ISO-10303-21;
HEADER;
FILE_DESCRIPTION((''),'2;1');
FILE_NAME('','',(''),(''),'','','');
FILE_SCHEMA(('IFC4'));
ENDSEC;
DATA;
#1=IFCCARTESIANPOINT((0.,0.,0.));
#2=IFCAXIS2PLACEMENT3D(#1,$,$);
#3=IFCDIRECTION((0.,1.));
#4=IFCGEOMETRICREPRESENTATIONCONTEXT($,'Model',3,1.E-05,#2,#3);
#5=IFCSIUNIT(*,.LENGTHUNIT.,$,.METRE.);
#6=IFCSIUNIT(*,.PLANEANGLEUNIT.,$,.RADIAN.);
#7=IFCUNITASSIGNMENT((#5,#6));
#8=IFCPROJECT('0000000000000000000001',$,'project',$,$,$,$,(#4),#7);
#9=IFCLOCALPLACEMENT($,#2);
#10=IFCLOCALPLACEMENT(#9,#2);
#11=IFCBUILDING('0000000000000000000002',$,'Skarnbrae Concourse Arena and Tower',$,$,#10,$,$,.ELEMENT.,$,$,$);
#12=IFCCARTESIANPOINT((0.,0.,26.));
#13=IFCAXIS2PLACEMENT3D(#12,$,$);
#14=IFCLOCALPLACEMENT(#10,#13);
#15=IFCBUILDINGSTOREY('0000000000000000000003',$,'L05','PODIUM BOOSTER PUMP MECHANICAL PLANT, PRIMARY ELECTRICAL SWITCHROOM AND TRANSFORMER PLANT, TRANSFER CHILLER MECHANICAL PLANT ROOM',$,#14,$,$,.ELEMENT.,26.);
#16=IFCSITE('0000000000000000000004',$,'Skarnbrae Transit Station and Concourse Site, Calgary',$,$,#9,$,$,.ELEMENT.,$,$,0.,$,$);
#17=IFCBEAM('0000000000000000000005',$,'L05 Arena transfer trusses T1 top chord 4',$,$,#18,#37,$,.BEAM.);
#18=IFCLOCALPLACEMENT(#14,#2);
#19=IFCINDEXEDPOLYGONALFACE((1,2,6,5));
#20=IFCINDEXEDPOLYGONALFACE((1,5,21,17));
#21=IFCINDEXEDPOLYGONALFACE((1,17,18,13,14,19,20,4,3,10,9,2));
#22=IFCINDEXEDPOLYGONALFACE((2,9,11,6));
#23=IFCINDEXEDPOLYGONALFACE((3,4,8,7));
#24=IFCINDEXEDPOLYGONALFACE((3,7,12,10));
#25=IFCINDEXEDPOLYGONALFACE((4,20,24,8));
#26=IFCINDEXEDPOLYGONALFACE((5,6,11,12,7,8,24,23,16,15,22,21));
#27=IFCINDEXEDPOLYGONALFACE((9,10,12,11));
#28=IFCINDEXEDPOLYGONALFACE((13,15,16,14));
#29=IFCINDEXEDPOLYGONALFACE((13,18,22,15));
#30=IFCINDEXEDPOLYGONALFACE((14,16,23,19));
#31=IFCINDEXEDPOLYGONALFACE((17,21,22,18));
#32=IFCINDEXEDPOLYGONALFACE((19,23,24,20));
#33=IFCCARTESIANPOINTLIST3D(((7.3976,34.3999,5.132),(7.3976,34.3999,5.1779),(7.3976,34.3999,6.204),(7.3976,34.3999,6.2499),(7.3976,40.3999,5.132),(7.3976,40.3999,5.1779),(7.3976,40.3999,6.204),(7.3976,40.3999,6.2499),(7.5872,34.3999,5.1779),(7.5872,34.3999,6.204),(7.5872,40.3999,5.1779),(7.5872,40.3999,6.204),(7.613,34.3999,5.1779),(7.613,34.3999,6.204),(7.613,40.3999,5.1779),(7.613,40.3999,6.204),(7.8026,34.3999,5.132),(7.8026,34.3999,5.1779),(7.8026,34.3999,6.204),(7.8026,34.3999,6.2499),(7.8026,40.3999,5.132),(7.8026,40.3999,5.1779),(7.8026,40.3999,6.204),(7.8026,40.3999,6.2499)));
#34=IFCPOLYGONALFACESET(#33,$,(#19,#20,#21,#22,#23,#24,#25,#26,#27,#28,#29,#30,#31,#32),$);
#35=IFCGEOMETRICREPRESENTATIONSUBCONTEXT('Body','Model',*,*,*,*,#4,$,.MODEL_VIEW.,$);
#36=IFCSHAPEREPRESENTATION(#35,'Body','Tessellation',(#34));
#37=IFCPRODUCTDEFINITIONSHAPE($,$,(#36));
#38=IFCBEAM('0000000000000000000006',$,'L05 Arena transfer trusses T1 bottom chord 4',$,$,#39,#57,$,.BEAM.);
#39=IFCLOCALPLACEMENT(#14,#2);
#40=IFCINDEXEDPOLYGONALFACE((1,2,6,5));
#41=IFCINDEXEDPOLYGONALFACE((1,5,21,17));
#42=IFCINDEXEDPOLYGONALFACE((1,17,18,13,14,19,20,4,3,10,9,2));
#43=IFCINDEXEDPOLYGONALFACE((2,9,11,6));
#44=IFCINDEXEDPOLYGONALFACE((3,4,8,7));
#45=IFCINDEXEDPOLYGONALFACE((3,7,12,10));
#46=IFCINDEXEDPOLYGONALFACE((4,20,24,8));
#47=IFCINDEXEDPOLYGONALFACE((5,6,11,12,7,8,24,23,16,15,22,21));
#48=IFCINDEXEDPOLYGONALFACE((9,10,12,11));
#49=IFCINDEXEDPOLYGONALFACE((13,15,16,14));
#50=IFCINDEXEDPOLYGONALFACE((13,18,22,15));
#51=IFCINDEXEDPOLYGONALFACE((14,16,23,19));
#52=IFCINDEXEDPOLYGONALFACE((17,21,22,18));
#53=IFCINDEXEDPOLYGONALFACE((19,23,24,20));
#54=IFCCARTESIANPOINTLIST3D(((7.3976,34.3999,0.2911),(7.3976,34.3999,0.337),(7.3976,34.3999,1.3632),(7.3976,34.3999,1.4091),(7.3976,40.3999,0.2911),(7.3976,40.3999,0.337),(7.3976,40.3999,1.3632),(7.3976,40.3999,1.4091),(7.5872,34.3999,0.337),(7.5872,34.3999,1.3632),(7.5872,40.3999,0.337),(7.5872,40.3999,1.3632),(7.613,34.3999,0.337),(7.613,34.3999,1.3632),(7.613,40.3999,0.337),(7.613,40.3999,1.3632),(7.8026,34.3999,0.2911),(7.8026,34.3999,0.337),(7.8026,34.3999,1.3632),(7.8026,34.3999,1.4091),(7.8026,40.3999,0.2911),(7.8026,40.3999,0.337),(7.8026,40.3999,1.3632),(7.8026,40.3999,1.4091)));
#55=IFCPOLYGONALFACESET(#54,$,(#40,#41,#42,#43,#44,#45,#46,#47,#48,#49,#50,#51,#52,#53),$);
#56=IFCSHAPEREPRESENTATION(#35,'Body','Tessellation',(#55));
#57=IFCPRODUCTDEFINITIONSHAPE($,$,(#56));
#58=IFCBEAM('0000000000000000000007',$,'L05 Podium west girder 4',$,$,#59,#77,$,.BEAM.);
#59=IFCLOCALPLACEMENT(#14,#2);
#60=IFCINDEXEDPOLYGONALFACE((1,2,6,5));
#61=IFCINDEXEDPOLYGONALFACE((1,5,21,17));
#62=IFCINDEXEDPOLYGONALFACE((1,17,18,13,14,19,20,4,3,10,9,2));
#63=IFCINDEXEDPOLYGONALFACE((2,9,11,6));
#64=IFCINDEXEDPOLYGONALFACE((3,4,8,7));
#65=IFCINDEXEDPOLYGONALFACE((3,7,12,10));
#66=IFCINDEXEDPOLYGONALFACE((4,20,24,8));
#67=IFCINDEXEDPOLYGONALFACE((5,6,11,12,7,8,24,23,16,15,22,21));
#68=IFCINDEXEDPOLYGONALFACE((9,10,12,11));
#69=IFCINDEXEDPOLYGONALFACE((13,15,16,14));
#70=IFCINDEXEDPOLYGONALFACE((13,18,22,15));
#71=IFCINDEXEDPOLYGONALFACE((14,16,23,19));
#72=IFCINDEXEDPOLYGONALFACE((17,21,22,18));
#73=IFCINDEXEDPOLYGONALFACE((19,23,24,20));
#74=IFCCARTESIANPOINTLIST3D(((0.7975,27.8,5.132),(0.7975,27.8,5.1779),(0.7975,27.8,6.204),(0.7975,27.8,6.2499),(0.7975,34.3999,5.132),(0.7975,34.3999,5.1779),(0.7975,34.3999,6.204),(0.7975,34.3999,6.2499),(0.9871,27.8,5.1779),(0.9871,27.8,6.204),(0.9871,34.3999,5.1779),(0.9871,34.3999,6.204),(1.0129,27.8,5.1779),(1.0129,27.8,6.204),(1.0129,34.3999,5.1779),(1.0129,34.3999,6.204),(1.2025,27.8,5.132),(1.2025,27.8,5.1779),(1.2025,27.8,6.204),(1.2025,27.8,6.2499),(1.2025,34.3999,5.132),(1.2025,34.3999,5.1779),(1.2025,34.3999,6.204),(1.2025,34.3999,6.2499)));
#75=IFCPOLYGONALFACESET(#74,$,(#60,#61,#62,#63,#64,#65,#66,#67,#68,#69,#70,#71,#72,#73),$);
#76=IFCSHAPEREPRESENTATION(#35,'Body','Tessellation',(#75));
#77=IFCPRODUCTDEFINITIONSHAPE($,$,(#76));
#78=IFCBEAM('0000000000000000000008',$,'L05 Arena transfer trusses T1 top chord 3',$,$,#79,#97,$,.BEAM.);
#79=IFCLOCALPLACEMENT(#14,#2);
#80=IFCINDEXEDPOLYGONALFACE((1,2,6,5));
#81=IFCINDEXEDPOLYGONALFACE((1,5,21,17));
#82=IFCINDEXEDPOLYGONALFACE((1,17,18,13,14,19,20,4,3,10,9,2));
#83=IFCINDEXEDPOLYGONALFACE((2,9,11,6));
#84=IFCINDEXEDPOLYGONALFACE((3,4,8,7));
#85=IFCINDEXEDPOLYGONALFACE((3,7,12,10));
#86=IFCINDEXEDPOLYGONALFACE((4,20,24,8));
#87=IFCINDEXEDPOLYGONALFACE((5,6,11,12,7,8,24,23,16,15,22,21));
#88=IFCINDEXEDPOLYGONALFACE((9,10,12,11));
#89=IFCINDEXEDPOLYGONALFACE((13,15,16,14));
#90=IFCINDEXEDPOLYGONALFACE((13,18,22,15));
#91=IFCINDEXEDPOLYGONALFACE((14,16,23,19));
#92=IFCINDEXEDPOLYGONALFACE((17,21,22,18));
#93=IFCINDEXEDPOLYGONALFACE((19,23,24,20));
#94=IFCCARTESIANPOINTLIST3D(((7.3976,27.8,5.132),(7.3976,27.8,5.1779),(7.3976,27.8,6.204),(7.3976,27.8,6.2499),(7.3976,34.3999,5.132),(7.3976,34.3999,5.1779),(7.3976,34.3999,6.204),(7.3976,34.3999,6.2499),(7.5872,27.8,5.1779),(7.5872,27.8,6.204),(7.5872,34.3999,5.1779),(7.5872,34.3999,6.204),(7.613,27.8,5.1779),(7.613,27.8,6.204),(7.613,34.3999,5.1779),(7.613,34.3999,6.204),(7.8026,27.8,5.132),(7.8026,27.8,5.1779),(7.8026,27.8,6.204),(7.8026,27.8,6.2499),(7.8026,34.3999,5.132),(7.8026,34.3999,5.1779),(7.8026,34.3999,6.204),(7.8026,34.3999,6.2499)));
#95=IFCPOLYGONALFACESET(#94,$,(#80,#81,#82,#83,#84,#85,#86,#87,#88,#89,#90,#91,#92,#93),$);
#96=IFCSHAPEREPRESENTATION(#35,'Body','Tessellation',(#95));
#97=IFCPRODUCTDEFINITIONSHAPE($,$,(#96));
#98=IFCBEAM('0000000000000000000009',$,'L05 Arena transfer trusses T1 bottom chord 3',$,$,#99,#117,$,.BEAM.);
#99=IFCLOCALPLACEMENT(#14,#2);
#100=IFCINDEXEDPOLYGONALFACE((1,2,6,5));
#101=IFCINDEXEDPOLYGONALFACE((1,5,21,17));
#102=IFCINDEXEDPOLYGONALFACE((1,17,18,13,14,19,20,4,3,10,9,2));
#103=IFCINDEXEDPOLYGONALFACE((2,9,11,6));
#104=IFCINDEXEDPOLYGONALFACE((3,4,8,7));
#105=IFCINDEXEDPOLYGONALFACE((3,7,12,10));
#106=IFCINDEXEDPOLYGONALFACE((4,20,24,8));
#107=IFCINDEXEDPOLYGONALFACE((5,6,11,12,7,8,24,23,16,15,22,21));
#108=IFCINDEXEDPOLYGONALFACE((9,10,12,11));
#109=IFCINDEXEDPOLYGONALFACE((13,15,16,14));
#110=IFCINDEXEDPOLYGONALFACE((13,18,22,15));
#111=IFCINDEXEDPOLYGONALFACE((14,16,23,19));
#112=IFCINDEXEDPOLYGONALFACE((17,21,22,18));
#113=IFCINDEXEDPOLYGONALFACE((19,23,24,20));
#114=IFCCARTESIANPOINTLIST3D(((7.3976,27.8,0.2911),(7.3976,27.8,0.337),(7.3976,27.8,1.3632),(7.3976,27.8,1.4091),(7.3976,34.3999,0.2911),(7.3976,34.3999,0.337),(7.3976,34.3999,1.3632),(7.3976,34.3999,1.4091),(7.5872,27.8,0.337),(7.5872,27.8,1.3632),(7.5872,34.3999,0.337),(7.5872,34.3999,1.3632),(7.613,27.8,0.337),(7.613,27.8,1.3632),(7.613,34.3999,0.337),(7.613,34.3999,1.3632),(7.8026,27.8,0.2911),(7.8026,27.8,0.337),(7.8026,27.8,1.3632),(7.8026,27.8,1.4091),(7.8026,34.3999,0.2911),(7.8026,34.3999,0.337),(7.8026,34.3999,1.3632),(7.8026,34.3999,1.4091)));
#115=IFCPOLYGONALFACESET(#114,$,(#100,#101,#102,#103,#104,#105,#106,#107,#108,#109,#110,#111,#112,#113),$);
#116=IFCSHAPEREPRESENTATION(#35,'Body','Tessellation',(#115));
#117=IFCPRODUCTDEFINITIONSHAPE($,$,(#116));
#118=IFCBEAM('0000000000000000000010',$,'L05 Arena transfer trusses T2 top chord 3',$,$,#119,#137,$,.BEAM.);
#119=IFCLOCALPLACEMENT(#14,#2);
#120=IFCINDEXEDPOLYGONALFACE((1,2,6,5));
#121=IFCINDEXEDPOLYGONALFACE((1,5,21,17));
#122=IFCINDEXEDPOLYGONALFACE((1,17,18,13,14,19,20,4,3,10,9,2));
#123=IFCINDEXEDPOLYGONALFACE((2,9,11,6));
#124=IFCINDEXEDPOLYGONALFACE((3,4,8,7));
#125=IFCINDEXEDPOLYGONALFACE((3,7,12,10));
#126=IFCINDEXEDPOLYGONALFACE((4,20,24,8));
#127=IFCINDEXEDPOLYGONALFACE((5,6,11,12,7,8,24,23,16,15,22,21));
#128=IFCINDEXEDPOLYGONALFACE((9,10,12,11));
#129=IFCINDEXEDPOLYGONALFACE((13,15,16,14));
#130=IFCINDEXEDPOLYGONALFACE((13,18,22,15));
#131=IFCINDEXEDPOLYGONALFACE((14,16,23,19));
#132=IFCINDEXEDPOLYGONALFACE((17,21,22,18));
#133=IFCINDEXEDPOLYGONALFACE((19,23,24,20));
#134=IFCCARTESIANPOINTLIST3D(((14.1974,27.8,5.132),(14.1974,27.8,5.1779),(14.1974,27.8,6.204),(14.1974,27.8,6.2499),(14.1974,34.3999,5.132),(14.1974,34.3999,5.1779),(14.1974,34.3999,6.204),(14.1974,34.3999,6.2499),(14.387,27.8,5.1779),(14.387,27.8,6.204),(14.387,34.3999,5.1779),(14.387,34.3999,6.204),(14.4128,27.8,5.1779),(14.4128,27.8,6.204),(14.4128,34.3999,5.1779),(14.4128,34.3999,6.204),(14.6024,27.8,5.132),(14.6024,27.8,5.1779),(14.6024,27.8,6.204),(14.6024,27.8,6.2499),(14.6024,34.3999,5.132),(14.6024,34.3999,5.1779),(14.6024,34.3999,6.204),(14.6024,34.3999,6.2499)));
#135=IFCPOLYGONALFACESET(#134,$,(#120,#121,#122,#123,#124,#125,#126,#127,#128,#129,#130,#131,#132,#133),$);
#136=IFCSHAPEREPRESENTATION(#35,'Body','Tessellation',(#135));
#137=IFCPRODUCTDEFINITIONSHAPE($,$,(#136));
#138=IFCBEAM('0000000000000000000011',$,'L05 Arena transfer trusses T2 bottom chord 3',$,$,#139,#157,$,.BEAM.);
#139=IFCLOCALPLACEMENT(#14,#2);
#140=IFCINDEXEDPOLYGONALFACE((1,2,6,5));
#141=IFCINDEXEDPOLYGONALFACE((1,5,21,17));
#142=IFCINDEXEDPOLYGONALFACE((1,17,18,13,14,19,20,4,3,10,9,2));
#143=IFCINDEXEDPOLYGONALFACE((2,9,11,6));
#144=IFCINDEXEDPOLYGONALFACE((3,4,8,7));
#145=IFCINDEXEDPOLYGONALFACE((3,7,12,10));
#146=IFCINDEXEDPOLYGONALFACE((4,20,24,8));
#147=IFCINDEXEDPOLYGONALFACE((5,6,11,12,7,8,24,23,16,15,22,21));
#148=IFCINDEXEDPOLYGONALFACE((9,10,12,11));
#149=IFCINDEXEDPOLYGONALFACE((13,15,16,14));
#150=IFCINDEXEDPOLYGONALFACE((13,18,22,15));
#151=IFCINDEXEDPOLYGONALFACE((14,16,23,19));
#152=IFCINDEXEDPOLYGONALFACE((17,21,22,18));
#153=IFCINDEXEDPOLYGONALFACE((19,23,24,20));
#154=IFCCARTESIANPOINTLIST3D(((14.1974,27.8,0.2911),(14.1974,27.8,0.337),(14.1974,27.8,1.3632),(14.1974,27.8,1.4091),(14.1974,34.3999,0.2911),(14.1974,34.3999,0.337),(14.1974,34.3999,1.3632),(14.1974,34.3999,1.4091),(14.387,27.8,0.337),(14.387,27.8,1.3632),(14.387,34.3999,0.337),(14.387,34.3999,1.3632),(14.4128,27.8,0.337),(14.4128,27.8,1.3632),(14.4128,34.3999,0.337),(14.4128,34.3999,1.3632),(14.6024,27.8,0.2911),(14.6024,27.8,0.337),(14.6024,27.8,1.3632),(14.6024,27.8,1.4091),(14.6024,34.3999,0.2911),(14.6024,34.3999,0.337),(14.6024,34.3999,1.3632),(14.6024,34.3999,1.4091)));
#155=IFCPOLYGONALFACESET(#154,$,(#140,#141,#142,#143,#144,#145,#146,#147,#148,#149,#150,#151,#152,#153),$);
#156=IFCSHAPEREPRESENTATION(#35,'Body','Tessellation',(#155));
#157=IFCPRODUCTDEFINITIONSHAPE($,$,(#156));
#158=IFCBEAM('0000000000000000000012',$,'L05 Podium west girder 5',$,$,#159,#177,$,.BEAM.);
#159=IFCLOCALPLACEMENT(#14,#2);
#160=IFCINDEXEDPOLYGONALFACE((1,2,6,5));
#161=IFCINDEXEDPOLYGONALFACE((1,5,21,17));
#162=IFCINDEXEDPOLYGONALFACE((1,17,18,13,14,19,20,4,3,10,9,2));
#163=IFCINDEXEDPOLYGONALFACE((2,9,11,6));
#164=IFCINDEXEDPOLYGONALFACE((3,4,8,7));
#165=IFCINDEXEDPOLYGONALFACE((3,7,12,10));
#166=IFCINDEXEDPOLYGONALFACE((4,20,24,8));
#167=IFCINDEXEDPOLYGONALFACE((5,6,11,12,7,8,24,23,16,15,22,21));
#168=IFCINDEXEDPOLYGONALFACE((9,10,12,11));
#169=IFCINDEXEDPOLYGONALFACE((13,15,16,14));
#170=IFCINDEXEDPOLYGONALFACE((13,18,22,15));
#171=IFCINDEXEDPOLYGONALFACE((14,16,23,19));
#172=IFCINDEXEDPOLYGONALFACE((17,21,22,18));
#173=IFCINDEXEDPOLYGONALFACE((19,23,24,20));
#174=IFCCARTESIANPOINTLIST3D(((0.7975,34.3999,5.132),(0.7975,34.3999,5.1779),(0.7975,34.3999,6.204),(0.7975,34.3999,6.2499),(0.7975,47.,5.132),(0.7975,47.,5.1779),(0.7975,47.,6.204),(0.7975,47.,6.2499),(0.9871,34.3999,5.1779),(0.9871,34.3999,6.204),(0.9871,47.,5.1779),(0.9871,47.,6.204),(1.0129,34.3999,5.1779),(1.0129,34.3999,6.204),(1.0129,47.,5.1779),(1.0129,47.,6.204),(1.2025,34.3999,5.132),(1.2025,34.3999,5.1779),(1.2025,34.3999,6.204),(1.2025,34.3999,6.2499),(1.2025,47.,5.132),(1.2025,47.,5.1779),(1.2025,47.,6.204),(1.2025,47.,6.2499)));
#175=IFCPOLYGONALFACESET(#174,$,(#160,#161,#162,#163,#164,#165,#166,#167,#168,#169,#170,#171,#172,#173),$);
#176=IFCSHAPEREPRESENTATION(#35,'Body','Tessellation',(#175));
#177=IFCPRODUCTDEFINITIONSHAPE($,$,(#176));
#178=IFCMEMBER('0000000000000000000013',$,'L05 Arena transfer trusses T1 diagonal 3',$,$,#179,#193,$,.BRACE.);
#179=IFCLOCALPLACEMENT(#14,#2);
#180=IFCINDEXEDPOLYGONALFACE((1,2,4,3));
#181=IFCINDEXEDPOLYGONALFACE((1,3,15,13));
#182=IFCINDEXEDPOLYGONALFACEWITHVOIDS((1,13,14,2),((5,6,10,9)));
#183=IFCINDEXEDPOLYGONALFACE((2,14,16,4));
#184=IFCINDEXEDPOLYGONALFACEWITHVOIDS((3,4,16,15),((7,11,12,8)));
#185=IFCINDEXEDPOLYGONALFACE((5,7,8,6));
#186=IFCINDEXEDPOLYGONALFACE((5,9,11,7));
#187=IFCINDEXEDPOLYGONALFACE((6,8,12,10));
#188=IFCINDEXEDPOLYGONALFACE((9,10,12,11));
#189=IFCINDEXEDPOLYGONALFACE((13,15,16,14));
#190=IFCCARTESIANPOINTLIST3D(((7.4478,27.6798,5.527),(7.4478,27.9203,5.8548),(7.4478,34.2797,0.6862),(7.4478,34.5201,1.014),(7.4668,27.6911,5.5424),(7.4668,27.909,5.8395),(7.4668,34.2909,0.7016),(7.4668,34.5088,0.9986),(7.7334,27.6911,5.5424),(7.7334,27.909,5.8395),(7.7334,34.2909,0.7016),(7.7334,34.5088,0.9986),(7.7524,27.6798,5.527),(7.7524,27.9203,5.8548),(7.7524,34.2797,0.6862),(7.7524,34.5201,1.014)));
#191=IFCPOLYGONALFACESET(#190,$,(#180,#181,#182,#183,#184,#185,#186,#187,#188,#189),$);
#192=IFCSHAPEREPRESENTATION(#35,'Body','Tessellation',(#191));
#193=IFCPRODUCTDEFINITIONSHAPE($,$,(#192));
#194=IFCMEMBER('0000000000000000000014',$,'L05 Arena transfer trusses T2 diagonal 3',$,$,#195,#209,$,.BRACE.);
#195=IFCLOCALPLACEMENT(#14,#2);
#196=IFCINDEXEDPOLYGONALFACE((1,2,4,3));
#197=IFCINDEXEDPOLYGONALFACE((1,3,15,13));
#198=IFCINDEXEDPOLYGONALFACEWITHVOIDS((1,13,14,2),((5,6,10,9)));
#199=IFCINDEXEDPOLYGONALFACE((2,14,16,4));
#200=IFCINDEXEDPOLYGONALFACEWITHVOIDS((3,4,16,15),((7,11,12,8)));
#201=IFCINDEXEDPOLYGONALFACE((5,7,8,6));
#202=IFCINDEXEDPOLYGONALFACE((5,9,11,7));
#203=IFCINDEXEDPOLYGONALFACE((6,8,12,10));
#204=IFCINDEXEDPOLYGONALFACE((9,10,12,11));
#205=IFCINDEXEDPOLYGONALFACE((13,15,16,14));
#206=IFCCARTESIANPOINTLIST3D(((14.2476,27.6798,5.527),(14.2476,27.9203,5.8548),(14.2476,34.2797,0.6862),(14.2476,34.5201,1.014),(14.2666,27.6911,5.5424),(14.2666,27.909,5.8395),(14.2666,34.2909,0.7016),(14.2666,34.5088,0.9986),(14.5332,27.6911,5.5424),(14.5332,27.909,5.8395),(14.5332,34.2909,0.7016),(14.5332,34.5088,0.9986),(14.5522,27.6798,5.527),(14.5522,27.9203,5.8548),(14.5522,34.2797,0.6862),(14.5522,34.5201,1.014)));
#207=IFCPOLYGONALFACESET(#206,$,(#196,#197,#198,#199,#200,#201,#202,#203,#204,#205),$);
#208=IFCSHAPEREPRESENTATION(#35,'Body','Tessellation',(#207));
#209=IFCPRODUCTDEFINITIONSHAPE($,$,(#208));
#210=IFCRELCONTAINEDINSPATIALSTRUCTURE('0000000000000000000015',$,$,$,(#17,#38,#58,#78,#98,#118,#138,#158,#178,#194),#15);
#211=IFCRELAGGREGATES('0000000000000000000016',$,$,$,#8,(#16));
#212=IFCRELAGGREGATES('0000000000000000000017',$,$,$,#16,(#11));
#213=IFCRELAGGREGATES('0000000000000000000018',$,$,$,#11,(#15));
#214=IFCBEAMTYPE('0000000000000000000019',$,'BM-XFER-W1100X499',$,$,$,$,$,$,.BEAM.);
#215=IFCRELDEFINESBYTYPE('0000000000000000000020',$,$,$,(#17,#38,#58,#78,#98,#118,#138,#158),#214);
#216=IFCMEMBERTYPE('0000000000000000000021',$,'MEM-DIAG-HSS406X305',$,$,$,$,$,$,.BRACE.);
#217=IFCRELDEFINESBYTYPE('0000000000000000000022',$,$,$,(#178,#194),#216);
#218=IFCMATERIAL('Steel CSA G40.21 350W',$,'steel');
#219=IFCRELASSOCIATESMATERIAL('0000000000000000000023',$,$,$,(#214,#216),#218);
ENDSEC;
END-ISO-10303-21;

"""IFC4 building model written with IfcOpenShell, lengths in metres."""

from ifc_helpers import new_model, si_unit, direction, frame, origin, origin_2d, place, context, subcontext, project, spatial, hollow_rectangle, i_section, extrude, source, transform, mapped, material, material_profile, profile_set, type_object, element, save


model = new_model("IFC4")

# Units and contexts
model_context = context("Model", 3, precision=1e-05, world=origin(), true_north=direction((0.0, 1.0)))
body_context = subcontext(model_context, "Body", "Model", "MODEL_VIEW")
ifc_project = project(units=[si_unit("LENGTHUNIT", "METRE"), si_unit("PLANEANGLEUNIT", "RADIAN")], contexts=[model_context])

# Site, building, storey
site_placement = place(None, origin())
site = spatial("IfcSite", under=ifc_project, at=site_placement, Name="Skarnbrae Transit Station and Concourse Site, Calgary", CompositionType="ELEMENT", RefElevation=0.0)
building_placement = place(site_placement, origin())
building = spatial("IfcBuilding", under=site, at=building_placement, Name="Skarnbrae Concourse Arena and Tower", CompositionType="ELEMENT")
storey_placement = place(building_placement, frame((0.0, 0.0, 26.0)))
storey = spatial("IfcBuildingStorey", under=building, at=storey_placement, Name="L05", Description="PODIUM BOOSTER PUMP MECHANICAL PLANT, PRIMARY ELECTRICAL SWITCHROOM AND TRANSFORMER PLANT, TRANSFER CHILLER MECHANICAL PLANT ROOM", CompositionType="ELEMENT", Elevation=26.0)

# Shared definitions
ifc_material = material(Name="Steel CSA G40.21 350W", Category="steel")

# Beams
ifc_material_profile_1 = material_profile(ifc_material, i_section(OverallWidth=0.405, OverallDepth=1.1179, WebThickness=0.0259, FlangeThickness=0.0459, at=origin_2d()), Name="W1100X499")
ifc_profile_set_1 = profile_set([ifc_material_profile_1], Name="Steel CSA G40.21 350W")
beam_type = type_object("IfcBeamType", Name="BM-XFER-W1100X499", PredefinedType="BEAM", material=ifc_profile_set_1)
shared_shape_1 = source(origin(), body_context, "Body", "SweptSolid", [
    extrude(i_section(OverallWidth=0.405, OverallDepth=1.1179, WebThickness=0.0259, FlangeThickness=0.0459, at=origin_2d()), origin(), (0.0, 0.0, 1.0), 6.0),
])
for number, where, z_axis, x_axis, name in (
    (1, (7.6001, 34.3999, 5.6909), (0.0, 1.0, 0.0), (-1.0, 0.0, 0.0), "L05 Arena transfer trusses T1 top chord 4"),
    (2, (7.6001, 34.3999, 0.8501), (0.0, 1.0, 0.0), (-1.0, 0.0, 0.0), "L05 Arena transfer trusses T1 bottom chord 4"),
):
    element("IfcBeam", number, at=place(storey_placement, frame(where, z_axis=z_axis, x_axis=x_axis)), inside=storey, type_object=beam_type, Name=name, PredefinedType="BEAM", context=body_context, shape_type="MappedRepresentation", body=[
        mapped(shared_shape_1, transform((0.0, 0.0, 0.0))),
    ])
shared_shape_2 = source(origin(), body_context, "Body", "SweptSolid", [
    extrude(i_section(OverallWidth=0.405, OverallDepth=1.1179, WebThickness=0.0259, FlangeThickness=0.0459, at=origin_2d()), origin(), (0.0, 0.0, 1.0), 6.5999),
])
for number, where, z_axis, x_axis, name in (
    (3, (1.0, 27.8, 5.6909), (0.0, 1.0, 0.0), (-1.0, 0.0, 0.0), "L05 Podium west girder 4"),
    (4, (7.6001, 27.8, 5.6909), (0.0, 1.0, 0.0), (-1.0, 0.0, 0.0), "L05 Arena transfer trusses T1 top chord 3"),
    (5, (7.6001, 27.8, 0.8501), (0.0, 1.0, 0.0), (-1.0, 0.0, 0.0), "L05 Arena transfer trusses T1 bottom chord 3"),
    (6, (14.3999, 27.8, 5.6909), (0.0, 1.0, 0.0), (-1.0, 0.0, 0.0), "L05 Arena transfer trusses T2 top chord 3"),
    (7, (14.3999, 27.8, 0.8501), (0.0, 1.0, 0.0), (-1.0, 0.0, 0.0), "L05 Arena transfer trusses T2 bottom chord 3"),
):
    element("IfcBeam", number, at=place(storey_placement, frame(where, z_axis=z_axis, x_axis=x_axis)), inside=storey, type_object=beam_type, Name=name, PredefinedType="BEAM", context=body_context, shape_type="MappedRepresentation", body=[
        mapped(shared_shape_2, transform((0.0, 0.0, 0.0))),
    ])
shared_shape_3 = source(origin(), body_context, "Body", "SweptSolid", [
    extrude(i_section(OverallWidth=0.405, OverallDepth=1.1179, WebThickness=0.0259, FlangeThickness=0.0459, at=origin_2d()), origin(), (0.0, 0.0, 1.0), 12.6001),
])
beam_1_placement = place(storey_placement, frame((1.0, 34.3999, 5.6909), z_axis=(0.0, 1.0, 0.0), x_axis=(-1.0, 0.0, 0.0)))
element("IfcBeam", 8, at=beam_1_placement, inside=storey, type_object=beam_type, Name="L05 Podium west girder 5", PredefinedType="BEAM", context=body_context, shape_type="MappedRepresentation", body=[
    mapped(shared_shape_3, transform((0.0, 0.0, 0.0))),
])

# Members
ifc_material_profile_2 = material_profile(ifc_material, hollow_rectangle(XDim=0.3047, YDim=0.4065, WallThickness=0.019, at=origin_2d()), Name="HSS406X305X19.0")
ifc_profile_set_2 = profile_set([ifc_material_profile_2], Name="Steel CSA G40.21 350W")
member_type = type_object("IfcMemberType", Name="MEM-DIAG-HSS406X305", PredefinedType="BRACE", material=ifc_profile_set_2)
shared_shape_4 = source(origin(), body_context, "Body", "SweptSolid", [
    extrude(hollow_rectangle(XDim=0.3047, YDim=0.4065, WallThickness=0.019, at=origin_2d()), origin(), (0.0, 0.0, 1.0), 8.1848),
])
for number, where, z_axis, x_axis, name in (
    (9, (7.6001, 27.8, 5.6909), (0.0, 0.806351, -0.591437), (-1.0, 0.0, 0.0), "L05 Arena transfer trusses T1 diagonal 3"),
    (10, (14.3999, 27.8, 5.6909), (0.0, 0.806351, -0.591437), (-1.0, 0.0, 0.0), "L05 Arena transfer trusses T2 diagonal 3"),
):
    element("IfcMember", number, at=place(storey_placement, frame(where, z_axis=z_axis, x_axis=x_axis)), inside=storey, type_object=member_type, Name=name, PredefinedType="BRACE", context=body_context, shape_type="MappedRepresentation", body=[
        mapped(shared_shape_4, transform((0.0, 0.0, 0.0))),
    ])

save(model, "model.ifc")
